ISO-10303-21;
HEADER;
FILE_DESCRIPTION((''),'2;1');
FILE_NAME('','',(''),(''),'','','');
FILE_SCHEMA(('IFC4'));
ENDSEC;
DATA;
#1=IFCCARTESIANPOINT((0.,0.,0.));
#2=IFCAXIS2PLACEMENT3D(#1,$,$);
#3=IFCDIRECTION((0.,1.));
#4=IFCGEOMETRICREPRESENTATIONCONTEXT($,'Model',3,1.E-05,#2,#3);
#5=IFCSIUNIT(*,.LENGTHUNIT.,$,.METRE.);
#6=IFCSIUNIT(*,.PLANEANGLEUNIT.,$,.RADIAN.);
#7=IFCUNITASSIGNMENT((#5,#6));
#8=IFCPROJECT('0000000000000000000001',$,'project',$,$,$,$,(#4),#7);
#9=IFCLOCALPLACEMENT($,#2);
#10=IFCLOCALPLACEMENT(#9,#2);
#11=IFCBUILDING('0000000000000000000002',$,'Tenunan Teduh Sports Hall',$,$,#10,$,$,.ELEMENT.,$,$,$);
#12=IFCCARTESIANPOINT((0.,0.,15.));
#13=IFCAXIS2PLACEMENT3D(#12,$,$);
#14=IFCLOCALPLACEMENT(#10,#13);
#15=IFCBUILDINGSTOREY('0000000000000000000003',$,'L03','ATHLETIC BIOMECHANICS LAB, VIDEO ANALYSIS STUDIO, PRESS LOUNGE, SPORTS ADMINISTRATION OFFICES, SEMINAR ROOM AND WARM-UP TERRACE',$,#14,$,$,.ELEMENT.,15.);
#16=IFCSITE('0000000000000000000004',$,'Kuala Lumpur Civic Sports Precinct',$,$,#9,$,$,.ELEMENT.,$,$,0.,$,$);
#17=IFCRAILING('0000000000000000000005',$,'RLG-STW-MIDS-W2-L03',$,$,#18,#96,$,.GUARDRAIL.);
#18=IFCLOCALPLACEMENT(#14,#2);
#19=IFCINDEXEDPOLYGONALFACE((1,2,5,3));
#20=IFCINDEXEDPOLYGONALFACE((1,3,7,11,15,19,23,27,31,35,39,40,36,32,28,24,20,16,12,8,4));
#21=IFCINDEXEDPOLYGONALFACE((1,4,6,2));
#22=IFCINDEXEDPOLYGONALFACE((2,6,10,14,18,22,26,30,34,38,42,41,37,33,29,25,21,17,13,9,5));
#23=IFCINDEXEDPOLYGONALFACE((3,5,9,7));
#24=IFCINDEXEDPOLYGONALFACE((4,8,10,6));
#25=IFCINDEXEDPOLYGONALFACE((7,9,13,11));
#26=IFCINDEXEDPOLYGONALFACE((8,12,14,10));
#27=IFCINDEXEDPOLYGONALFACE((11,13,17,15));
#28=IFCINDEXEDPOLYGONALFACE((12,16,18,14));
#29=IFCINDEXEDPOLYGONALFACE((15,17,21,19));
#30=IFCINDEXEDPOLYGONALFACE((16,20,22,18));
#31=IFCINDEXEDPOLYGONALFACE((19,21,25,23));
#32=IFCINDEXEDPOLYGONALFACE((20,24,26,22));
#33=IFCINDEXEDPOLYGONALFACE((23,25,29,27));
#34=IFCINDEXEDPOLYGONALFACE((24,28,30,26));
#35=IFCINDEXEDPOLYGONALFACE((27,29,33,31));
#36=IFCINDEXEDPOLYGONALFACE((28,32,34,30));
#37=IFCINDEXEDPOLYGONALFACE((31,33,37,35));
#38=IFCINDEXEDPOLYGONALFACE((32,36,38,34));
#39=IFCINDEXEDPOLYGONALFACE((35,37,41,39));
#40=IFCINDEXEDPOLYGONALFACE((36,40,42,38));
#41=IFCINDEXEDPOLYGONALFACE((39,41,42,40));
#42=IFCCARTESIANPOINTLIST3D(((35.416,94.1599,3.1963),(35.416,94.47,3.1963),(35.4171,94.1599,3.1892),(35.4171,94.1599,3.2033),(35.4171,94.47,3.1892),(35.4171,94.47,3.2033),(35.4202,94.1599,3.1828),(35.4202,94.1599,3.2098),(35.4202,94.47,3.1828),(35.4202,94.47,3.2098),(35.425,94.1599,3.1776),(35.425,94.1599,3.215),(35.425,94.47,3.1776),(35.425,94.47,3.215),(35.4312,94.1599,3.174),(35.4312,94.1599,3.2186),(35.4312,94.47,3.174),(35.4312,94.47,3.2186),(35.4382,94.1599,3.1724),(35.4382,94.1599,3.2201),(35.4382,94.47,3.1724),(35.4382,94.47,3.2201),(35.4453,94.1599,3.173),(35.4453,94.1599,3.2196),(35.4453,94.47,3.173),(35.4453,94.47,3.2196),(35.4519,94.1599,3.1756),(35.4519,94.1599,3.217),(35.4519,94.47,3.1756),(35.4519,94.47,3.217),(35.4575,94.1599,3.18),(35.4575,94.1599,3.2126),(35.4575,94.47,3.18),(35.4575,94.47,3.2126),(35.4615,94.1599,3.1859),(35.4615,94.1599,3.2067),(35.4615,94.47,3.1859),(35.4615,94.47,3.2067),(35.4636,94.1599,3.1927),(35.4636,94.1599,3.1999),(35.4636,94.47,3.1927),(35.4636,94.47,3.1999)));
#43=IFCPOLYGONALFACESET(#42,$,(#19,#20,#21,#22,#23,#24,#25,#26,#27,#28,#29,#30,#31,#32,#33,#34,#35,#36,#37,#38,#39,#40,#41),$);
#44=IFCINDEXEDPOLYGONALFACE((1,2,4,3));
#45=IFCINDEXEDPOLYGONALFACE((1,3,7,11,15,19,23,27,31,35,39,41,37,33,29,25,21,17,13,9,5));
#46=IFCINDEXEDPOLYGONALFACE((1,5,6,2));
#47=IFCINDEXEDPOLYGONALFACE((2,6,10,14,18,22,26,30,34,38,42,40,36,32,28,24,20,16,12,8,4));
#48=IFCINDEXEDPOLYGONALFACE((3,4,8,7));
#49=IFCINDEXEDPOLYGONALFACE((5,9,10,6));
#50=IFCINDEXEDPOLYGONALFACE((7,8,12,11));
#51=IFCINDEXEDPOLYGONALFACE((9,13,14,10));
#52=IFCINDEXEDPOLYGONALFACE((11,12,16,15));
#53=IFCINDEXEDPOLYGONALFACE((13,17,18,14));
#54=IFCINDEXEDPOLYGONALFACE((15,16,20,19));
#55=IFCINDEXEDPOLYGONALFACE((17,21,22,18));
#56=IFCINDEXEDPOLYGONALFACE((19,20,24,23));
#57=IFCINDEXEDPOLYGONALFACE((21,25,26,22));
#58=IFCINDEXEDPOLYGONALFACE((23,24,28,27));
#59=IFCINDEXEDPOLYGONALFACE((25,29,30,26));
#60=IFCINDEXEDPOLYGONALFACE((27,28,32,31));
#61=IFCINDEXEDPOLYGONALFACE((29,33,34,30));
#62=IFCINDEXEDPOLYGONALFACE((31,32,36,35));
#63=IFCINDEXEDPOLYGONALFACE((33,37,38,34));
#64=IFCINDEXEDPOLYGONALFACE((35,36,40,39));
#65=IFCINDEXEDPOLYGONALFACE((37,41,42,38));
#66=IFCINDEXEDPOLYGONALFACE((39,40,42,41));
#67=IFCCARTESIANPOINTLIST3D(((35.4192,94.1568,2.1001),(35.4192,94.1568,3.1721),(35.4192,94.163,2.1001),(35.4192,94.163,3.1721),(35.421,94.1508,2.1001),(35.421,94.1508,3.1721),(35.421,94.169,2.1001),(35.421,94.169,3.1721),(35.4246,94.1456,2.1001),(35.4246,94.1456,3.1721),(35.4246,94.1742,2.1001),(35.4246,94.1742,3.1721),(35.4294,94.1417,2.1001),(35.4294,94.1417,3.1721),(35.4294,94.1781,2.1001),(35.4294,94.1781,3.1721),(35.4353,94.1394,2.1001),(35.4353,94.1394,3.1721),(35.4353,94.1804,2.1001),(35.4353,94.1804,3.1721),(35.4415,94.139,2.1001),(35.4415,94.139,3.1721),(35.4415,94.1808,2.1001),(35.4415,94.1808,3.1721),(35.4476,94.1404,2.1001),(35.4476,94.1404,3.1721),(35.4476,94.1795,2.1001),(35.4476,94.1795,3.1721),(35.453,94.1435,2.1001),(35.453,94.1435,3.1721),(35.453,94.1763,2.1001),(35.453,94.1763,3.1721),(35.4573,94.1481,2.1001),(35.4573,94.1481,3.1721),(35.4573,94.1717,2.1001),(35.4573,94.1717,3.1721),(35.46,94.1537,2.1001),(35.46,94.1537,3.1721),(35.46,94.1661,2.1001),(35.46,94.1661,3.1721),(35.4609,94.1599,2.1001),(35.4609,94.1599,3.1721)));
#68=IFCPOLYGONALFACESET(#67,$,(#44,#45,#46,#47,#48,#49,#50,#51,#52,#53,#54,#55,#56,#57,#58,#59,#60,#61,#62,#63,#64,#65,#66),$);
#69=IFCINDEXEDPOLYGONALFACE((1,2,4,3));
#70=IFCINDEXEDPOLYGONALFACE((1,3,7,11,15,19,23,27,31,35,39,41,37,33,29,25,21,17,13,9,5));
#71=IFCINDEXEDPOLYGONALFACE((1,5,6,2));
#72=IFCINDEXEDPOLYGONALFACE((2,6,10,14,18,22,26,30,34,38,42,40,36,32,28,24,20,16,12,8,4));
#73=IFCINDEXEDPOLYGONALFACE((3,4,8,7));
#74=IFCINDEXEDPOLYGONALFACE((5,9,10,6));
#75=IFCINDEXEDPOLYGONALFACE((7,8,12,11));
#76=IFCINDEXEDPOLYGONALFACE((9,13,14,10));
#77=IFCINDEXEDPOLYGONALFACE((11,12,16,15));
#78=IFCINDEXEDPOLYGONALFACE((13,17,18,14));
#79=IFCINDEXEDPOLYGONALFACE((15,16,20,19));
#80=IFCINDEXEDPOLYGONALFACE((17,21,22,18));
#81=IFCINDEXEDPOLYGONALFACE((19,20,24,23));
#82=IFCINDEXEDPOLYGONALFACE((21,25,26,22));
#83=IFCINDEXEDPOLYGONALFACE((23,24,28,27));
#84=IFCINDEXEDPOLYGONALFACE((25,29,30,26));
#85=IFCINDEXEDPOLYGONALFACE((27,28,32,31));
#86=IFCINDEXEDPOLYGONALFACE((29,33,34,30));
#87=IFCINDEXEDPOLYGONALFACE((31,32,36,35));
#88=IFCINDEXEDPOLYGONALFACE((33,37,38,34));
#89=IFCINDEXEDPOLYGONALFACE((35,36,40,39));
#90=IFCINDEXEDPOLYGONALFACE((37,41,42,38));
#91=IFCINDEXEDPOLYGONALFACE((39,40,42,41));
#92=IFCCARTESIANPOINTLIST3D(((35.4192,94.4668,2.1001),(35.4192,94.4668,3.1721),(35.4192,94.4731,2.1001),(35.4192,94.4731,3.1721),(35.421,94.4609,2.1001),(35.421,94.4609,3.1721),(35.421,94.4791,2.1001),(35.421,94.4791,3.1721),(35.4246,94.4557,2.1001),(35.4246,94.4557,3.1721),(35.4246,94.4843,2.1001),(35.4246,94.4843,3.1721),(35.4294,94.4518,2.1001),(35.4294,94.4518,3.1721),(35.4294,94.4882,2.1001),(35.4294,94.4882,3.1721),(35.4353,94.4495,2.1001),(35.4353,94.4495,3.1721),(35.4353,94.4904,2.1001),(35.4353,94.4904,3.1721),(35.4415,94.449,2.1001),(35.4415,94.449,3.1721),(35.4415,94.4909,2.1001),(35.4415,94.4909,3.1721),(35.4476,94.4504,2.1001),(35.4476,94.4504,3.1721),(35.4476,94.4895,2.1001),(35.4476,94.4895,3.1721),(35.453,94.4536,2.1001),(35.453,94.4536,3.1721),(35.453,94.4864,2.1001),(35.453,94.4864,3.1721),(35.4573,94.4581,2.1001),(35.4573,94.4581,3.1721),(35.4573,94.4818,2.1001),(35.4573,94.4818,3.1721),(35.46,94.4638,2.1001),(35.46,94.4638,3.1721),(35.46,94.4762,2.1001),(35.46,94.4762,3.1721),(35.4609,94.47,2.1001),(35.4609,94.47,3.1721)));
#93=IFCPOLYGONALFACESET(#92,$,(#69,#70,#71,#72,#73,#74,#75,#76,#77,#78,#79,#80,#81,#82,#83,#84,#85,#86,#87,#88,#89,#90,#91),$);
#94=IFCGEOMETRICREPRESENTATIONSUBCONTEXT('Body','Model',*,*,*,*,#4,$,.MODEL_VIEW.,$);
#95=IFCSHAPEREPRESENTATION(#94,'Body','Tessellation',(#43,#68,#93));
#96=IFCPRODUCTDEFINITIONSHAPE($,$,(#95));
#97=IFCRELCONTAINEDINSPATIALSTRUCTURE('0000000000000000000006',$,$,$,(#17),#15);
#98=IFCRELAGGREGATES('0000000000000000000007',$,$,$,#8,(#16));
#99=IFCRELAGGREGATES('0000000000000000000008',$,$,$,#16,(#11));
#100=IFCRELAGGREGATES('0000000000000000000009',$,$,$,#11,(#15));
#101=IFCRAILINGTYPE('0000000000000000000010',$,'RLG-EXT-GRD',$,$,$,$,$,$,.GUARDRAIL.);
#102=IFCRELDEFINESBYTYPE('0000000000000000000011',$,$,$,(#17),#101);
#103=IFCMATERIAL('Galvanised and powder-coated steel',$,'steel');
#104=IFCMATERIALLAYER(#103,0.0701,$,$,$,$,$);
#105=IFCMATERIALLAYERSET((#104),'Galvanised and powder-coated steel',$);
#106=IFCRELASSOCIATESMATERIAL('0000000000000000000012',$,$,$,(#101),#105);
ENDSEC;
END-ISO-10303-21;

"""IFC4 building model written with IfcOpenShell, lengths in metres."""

from ifc_helpers import new_model, si_unit, direction, frame, origin, origin_2d, place, context, subcontext, project, spatial, circle, extrude, material, layer, layer_set, type_object, element, save


model = new_model("IFC4")

# Units and contexts
model_context = context("Model", 3, precision=1e-05, world=origin(), true_north=direction((0.0, 1.0)))
body_context = subcontext(model_context, "Body", "Model", "MODEL_VIEW")
ifc_project = project(units=[si_unit("LENGTHUNIT", "METRE"), si_unit("PLANEANGLEUNIT", "RADIAN")], contexts=[model_context])

# Site, building, storey
site_placement = place(None, origin())
site = spatial("IfcSite", under=ifc_project, at=site_placement, Name="Kuala Lumpur Civic Sports Precinct", CompositionType="ELEMENT", RefElevation=0.0)
building_placement = place(site_placement, origin())
building = spatial("IfcBuilding", under=site, at=building_placement, Name="Tenunan Teduh Sports Hall", CompositionType="ELEMENT")
storey_placement = place(building_placement, frame((0.0, 0.0, 15.0)))
storey = spatial("IfcBuildingStorey", under=building, at=storey_placement, Name="L03", Description="ATHLETIC BIOMECHANICS LAB, VIDEO ANALYSIS STUDIO, PRESS LOUNGE, SPORTS ADMINISTRATION OFFICES, SEMINAR ROOM AND WARM-UP TERRACE", CompositionType="ELEMENT", Elevation=15.0)

# Railing
ifc_material_1 = material(Name="Galvanised and powder-coated steel", Category="steel")
ifc_layer_1 = layer(ifc_material_1, 0.0701)
ifc_layer_set_1 = layer_set([ifc_layer_1], Name="Galvanised and powder-coated steel")
railing_type_1 = type_object("IfcRailingType", Name="RLG-EXT-GRD", PredefinedType="GUARDRAIL", material=ifc_layer_set_1)
railing_1_placement = place(storey_placement, frame((35.4399, 94.1599, 2.1001)))
element("IfcRailing", 1, at=railing_1_placement, inside=storey, type_object=railing_type_1, Name="RLG-STW-MIDS-W2-L03", PredefinedType="GUARDRAIL", context=body_context, shape_type="SweptSolid", body=[
    extrude(circle(Radius=0.0239, at=origin_2d()), frame((0.0, 0.0, 1.0962), z_axis=(0.0, 1.0, 0.0), x_axis=(-1.0, 0.0, 0.0)), (0.0, 0.0, 1.0), 0.3101),
    extrude(circle(Radius=0.021, at=origin_2d()), origin(), (0.0, 0.0, 1.0), 1.072),
    extrude(circle(Radius=0.021, at=origin_2d()), frame((0.0, 0.3101, 0.0)), (0.0, 0.0, 1.0), 1.072),
])

save(model, "model.ifc")
